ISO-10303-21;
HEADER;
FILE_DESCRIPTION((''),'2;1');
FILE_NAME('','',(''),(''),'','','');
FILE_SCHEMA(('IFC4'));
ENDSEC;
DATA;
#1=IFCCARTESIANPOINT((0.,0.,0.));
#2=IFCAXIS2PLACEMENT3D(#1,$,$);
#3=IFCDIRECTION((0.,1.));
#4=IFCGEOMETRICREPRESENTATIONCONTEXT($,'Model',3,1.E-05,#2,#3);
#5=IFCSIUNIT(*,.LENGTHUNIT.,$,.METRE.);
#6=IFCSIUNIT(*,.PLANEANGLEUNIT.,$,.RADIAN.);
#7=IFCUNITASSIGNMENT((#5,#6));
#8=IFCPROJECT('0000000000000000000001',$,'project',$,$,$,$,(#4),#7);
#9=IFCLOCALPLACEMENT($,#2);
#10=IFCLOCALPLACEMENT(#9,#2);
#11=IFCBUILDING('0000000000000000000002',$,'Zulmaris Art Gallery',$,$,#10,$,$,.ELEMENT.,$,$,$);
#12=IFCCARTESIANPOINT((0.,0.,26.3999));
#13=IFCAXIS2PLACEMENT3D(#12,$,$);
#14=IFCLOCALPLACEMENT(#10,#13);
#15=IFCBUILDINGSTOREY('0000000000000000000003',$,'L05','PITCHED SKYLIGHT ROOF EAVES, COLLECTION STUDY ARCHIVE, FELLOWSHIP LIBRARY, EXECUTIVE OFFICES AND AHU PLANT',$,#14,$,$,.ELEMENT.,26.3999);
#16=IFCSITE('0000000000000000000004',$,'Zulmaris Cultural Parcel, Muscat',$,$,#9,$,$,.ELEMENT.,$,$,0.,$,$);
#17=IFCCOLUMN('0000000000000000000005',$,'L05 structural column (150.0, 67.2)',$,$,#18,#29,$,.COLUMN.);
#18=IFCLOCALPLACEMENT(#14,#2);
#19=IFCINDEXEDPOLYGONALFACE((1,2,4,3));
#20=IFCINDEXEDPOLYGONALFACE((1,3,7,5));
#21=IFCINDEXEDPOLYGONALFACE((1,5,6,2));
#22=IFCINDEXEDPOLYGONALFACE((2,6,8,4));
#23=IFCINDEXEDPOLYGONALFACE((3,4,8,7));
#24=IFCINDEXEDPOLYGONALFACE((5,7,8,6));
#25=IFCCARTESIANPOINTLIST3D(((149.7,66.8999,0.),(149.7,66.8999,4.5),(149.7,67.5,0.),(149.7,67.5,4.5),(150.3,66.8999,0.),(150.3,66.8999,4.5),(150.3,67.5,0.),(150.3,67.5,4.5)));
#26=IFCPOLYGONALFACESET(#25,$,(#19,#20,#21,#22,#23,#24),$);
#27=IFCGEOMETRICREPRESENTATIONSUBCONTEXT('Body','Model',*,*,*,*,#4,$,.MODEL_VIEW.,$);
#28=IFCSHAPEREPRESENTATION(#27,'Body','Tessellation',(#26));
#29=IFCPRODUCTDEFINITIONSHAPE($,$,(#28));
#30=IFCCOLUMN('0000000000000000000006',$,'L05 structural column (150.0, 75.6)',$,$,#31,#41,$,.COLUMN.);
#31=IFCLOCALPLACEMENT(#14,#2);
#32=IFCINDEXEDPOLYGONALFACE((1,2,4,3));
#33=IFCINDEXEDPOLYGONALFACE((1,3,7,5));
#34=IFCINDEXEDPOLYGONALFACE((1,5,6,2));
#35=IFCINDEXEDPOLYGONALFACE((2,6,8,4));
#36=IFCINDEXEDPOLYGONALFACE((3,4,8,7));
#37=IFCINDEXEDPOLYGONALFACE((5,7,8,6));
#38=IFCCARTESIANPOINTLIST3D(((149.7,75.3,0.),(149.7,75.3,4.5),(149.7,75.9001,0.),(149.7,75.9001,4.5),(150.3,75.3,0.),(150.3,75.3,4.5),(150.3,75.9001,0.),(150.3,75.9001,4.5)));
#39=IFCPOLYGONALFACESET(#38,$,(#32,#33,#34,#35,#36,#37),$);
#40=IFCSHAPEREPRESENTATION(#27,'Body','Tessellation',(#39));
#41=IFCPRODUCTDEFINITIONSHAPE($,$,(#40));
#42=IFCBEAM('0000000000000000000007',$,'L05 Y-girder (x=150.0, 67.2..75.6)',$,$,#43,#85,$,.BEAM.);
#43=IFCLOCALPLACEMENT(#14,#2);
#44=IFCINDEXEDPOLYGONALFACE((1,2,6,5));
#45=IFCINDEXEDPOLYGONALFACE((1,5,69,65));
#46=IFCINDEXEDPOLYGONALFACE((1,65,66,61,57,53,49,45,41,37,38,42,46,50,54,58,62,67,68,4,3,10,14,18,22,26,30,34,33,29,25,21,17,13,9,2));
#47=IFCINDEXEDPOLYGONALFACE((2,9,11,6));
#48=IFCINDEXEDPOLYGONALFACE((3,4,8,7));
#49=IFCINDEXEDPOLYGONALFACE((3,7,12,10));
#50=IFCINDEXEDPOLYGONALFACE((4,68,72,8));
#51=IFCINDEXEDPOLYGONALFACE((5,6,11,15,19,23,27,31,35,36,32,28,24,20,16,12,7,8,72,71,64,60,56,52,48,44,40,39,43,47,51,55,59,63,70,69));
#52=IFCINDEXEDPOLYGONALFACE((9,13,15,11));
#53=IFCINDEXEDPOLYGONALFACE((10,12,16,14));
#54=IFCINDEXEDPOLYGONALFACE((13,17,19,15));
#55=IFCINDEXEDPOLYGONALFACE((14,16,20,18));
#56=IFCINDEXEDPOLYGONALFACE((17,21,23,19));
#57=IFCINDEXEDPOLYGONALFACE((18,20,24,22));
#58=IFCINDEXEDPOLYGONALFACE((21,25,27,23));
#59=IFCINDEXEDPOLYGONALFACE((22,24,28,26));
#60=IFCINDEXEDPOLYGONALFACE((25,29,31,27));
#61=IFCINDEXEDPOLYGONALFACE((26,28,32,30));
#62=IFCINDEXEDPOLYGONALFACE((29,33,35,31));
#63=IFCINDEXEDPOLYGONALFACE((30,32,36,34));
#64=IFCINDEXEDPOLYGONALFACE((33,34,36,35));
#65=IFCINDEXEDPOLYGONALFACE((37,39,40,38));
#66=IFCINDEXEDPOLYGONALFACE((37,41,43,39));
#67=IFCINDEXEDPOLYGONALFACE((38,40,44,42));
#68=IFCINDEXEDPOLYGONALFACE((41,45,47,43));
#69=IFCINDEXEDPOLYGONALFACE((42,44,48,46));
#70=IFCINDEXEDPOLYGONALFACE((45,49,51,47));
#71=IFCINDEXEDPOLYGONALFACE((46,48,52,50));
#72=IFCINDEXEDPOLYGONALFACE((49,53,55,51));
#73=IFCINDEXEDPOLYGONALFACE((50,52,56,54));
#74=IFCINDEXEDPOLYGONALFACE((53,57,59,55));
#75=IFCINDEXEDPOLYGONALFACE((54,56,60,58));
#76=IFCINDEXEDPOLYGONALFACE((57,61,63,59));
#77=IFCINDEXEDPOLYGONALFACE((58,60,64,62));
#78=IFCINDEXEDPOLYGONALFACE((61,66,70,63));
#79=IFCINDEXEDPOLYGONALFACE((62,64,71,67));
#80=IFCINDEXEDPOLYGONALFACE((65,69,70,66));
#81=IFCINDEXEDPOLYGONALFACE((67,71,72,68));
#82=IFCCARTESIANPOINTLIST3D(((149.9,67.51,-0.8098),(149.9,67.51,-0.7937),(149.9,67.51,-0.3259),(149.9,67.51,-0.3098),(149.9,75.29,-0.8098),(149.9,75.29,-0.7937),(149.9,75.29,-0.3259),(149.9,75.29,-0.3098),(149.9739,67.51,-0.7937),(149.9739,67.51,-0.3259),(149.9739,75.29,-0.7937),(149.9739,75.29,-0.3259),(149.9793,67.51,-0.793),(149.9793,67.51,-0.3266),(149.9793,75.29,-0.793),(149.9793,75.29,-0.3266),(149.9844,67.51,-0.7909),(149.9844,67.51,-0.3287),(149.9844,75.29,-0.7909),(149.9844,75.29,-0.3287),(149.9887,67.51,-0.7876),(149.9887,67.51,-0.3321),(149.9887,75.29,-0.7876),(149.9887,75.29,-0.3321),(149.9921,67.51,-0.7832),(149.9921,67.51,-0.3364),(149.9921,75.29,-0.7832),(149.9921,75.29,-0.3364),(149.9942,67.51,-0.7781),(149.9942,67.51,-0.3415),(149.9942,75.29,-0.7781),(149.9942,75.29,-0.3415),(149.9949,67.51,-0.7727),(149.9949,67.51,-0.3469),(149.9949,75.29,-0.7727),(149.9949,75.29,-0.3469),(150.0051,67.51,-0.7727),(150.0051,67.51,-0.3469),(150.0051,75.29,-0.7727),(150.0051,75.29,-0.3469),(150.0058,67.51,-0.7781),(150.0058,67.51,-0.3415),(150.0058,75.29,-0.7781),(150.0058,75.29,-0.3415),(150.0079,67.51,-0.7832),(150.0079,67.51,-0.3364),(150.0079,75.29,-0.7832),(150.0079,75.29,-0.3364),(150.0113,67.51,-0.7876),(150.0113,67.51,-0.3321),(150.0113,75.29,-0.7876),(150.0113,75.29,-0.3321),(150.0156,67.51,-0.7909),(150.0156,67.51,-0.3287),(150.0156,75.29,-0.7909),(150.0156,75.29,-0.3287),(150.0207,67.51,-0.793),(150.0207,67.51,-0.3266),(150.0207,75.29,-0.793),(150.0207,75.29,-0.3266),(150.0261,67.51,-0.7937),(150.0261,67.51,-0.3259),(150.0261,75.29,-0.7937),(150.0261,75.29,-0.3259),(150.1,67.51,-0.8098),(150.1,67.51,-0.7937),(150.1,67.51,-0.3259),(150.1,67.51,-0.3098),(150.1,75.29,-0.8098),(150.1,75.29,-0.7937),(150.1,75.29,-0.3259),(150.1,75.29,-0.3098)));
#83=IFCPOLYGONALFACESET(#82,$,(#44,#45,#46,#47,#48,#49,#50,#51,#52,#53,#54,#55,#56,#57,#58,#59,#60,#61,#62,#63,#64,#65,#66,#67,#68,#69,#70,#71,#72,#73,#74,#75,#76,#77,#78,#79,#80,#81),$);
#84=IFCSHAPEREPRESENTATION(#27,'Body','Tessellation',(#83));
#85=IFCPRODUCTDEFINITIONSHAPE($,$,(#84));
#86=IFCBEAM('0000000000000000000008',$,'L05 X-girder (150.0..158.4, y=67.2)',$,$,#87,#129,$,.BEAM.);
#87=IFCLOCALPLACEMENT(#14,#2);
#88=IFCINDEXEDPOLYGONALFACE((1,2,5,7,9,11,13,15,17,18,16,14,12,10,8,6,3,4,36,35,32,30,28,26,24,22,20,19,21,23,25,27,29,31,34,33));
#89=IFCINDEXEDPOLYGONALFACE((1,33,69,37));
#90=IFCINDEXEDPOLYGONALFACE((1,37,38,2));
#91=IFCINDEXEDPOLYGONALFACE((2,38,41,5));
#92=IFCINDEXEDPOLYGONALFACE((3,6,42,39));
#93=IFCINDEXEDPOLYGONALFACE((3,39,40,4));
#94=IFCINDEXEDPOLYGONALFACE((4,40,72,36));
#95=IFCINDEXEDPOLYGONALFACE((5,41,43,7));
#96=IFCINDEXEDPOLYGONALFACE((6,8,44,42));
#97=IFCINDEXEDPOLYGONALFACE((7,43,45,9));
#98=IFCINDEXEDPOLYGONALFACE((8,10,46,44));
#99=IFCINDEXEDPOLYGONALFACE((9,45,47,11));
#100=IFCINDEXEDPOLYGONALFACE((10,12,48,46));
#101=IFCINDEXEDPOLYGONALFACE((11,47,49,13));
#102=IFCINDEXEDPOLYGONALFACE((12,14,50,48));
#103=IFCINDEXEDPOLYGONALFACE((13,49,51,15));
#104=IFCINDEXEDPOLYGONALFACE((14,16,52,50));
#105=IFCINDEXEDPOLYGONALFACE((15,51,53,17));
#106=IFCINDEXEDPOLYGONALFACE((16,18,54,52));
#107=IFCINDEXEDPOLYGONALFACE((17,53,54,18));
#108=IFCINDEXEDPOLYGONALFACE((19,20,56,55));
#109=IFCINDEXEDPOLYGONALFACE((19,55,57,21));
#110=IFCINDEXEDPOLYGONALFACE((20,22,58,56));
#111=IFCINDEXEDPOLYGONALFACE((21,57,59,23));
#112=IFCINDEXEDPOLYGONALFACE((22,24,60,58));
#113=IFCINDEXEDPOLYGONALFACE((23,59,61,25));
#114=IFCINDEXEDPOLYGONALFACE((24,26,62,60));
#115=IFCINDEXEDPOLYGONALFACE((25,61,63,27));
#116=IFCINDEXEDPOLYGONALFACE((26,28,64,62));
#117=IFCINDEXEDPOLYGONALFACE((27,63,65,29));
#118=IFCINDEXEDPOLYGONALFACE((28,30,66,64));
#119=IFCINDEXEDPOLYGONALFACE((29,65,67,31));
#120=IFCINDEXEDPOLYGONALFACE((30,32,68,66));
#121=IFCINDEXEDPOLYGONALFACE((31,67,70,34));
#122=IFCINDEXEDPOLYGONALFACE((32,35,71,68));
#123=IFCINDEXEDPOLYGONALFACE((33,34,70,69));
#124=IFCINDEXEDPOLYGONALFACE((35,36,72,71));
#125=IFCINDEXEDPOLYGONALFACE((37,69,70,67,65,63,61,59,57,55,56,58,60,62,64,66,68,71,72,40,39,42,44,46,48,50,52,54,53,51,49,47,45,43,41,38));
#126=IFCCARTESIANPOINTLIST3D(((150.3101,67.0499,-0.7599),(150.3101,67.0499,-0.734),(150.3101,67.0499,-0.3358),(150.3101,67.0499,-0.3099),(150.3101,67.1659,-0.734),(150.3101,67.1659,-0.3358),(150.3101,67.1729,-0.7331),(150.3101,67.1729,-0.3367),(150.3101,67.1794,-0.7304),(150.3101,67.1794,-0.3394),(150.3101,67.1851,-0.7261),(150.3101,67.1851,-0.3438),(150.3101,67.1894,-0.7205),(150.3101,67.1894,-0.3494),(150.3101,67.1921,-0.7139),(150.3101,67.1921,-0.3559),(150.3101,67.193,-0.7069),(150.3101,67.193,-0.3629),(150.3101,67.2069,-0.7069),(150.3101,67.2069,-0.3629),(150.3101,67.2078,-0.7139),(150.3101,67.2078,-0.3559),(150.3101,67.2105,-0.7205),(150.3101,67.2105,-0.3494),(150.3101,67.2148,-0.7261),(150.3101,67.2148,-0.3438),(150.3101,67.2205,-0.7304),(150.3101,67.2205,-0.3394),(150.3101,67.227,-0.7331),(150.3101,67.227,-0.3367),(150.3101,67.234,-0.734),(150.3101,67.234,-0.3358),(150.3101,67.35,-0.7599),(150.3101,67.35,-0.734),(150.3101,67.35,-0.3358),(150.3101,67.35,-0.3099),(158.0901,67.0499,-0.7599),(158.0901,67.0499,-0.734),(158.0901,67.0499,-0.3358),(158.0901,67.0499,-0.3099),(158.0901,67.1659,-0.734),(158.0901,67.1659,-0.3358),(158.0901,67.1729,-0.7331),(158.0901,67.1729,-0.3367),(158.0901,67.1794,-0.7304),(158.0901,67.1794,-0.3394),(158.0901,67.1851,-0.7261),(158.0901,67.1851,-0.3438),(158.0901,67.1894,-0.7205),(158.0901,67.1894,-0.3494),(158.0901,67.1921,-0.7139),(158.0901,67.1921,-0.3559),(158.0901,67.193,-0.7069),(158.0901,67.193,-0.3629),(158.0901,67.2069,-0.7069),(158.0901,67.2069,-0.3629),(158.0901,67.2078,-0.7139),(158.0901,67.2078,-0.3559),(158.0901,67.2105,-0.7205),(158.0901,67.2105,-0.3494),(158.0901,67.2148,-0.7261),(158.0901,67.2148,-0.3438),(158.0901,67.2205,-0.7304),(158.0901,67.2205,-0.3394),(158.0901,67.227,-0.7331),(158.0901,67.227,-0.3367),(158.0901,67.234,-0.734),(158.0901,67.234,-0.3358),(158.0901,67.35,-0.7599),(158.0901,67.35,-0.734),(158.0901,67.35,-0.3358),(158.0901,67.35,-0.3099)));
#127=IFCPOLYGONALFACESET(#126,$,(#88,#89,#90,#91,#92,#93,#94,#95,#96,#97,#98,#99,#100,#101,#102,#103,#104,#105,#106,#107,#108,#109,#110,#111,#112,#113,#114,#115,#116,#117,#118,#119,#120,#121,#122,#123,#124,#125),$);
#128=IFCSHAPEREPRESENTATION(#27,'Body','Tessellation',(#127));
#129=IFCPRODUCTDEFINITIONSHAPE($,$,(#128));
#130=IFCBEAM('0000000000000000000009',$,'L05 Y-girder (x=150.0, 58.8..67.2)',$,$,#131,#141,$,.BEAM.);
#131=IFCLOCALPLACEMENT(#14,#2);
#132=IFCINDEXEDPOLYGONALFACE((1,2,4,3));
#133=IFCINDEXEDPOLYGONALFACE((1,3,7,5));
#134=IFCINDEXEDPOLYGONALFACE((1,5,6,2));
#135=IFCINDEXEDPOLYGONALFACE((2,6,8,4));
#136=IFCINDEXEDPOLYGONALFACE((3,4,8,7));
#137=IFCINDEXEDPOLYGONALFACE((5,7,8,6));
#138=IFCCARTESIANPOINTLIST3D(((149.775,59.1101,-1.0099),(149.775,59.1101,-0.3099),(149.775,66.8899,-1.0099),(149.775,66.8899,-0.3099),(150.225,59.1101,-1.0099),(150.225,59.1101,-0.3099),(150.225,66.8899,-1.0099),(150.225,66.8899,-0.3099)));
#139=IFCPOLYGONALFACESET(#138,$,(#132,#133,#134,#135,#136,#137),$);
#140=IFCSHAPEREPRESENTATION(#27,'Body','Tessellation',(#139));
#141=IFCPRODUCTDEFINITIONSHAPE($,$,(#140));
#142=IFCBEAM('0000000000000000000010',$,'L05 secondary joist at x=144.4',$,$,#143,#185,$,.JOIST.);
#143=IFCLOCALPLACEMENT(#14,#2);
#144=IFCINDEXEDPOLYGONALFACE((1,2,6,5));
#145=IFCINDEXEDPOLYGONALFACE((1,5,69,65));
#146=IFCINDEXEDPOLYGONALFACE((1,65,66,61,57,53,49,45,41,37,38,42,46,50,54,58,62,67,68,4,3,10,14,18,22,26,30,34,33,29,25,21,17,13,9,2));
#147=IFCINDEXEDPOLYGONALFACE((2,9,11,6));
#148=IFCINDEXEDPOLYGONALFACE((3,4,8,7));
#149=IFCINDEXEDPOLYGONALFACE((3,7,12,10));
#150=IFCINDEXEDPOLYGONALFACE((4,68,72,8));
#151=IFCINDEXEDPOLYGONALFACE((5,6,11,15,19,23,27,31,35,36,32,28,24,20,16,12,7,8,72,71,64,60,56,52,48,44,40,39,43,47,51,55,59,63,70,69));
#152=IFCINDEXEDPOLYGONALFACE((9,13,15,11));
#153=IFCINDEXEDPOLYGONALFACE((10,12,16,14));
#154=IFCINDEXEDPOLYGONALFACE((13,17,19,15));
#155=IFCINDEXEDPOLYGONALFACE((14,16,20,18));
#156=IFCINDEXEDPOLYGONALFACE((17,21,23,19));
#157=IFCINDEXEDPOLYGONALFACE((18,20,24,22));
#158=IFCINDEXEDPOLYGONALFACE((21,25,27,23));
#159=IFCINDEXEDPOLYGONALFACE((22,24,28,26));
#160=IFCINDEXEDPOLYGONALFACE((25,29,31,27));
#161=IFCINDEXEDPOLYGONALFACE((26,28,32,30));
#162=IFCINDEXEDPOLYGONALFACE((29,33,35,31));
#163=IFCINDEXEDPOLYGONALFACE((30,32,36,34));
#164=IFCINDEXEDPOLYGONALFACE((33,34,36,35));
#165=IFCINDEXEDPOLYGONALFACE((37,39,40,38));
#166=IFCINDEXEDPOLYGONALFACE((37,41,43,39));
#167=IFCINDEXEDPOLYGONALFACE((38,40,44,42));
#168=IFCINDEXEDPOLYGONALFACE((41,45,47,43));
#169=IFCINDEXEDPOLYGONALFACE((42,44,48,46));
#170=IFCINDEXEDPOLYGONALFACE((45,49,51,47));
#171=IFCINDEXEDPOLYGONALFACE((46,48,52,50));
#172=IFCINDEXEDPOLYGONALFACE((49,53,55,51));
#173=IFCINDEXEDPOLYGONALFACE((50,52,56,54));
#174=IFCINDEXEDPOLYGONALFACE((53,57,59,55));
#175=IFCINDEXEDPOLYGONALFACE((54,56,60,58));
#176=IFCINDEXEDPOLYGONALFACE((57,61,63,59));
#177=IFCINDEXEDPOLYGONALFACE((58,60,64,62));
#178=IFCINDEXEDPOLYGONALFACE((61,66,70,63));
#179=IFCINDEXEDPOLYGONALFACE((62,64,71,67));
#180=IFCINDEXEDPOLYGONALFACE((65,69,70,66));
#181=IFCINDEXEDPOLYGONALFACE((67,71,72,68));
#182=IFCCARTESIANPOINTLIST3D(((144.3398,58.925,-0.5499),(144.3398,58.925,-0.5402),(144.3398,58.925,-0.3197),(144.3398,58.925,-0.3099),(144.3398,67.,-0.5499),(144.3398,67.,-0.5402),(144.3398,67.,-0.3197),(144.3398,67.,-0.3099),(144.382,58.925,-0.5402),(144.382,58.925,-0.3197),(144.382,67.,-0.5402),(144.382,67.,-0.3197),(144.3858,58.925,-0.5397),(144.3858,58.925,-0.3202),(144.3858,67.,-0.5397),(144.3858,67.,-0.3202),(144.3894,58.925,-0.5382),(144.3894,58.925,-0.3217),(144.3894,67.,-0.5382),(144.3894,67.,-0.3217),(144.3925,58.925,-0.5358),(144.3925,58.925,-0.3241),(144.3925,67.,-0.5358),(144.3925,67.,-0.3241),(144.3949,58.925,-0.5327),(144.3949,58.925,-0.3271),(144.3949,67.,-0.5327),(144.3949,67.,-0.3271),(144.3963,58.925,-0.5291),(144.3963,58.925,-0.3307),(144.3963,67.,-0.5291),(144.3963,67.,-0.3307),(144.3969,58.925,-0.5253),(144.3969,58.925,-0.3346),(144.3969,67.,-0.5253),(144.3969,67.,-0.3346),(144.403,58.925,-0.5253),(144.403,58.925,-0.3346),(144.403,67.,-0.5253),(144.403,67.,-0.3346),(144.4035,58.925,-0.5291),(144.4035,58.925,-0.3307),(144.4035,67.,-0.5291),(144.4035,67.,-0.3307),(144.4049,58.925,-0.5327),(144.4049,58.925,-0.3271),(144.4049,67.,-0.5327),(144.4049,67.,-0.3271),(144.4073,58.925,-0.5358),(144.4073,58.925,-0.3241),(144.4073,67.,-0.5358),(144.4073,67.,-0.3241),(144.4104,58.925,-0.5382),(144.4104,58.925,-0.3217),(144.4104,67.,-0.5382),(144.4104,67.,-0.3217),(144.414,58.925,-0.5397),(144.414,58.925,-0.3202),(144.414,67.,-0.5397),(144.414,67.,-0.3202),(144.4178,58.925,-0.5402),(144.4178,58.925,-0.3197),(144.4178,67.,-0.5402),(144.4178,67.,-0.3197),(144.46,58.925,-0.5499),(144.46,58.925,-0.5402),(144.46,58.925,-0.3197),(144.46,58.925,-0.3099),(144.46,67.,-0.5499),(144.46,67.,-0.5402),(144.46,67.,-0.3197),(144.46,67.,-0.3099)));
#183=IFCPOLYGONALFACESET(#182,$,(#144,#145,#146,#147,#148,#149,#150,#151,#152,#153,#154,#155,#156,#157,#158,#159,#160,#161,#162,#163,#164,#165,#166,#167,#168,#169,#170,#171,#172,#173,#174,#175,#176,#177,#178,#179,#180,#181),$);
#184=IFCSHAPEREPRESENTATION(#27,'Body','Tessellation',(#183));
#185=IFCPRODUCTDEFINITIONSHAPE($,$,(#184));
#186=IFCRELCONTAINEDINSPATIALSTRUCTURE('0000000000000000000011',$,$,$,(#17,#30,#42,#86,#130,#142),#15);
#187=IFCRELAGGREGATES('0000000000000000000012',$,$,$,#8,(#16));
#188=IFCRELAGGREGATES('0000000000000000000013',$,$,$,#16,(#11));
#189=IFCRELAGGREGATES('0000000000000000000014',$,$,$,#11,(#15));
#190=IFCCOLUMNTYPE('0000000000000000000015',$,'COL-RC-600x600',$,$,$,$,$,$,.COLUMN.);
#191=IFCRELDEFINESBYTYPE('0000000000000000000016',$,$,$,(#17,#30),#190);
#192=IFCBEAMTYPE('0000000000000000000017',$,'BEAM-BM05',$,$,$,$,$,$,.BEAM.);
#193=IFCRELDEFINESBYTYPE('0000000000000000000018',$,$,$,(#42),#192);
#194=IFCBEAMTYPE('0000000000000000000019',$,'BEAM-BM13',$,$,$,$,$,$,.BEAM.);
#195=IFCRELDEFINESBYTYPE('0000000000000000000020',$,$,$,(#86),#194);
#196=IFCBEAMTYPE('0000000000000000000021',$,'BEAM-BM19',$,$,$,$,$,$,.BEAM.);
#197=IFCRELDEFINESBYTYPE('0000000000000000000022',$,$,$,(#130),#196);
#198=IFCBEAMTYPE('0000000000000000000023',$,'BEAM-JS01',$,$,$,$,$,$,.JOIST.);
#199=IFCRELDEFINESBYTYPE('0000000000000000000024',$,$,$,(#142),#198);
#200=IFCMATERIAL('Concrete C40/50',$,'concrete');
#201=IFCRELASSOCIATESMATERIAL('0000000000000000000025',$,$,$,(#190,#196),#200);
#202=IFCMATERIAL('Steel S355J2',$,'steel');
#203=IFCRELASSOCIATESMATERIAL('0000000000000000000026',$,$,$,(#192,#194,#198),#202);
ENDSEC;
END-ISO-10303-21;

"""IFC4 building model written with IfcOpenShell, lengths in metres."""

from ifc_helpers import new_model, si_unit, direction, frame, origin, origin_2d, place, context, subcontext, project, spatial, rectangle, i_section, extrude, material, material_profile, profile_set, type_object, element, save


model = new_model("IFC4")

# Units and contexts
model_context = context("Model", 3, precision=1e-05, world=origin(), true_north=direction((0.0, 1.0)))
body_context = subcontext(model_context, "Body", "Model", "MODEL_VIEW")
ifc_project = project(units=[si_unit("LENGTHUNIT", "METRE"), si_unit("PLANEANGLEUNIT", "RADIAN")], contexts=[model_context])

# Site, building, storey
site_placement = place(None, origin())
site = spatial("IfcSite", under=ifc_project, at=site_placement, Name="Zulmaris Cultural Parcel, Muscat", CompositionType="ELEMENT", RefElevation=0.0)
building_placement = place(site_placement, origin())
building = spatial("IfcBuilding", under=site, at=building_placement, Name="Zulmaris Art Gallery", CompositionType="ELEMENT")
storey_placement = place(building_placement, frame((0.0, 0.0, 26.3999)))
storey = spatial("IfcBuildingStorey", under=building, at=storey_placement, Name="L05", Description="PITCHED SKYLIGHT ROOF EAVES, COLLECTION STUDY ARCHIVE, FELLOWSHIP LIBRARY, EXECUTIVE OFFICES AND AHU PLANT", CompositionType="ELEMENT", Elevation=26.3999)

# Columns
ifc_material_1 = material(Name="Concrete C40/50", Category="concrete")
ifc_material_profile_1 = material_profile(ifc_material_1, rectangle(XDim=0.6001, YDim=0.6001, at=origin_2d()), Name="RC 600x600")
ifc_profile_set_1 = profile_set([ifc_material_profile_1], Name="Concrete C40/50")
column_type = type_object("IfcColumnType", Name="COL-RC-600x600", PredefinedType="COLUMN", material=ifc_profile_set_1)
for number, where, z_axis, x_axis, name in (
    (1, (150.0, 67.2, 0.0), (0.0, 0.0, 1.0), (1.0, 0.0, 0.0), "L05 structural column (150.0, 67.2)"),
    (2, (150.0, 75.6001, 0.0), (0.0, 0.0, 1.0), (1.0, 0.0, 0.0), "L05 structural column (150.0, 75.6)"),
):
    element("IfcColumn", number, at=place(storey_placement, frame(where, z_axis=z_axis, x_axis=x_axis)), inside=storey, type_object=column_type, Name=name, PredefinedType="COLUMN", context=body_context, shape_type="SweptSolid", body=[
        extrude(rectangle(XDim=0.6001, YDim=0.6001, at=origin_2d()), origin(), (0.0, 0.0, 1.0), 4.5),
    ])

# Beams
ifc_material_2 = material(Name="Steel S355J2", Category="steel")
ifc_material_profile_2 = material_profile(ifc_material_2, i_section(OverallWidth=0.2, OverallDepth=0.5, WebThickness=0.0103, FlangeThickness=0.0161, FilletRadius=0.021, at=origin_2d()), Name="IPE 500")
ifc_profile_set_2 = profile_set([ifc_material_profile_2], Name="Steel S355J2")
beam_type_1 = type_object("IfcBeamType", Name="BEAM-BM05", PredefinedType="BEAM", material=ifc_profile_set_2)
beam_1_placement = place(storey_placement, frame((150.0, 67.51, -0.5598), z_axis=(0.0, 1.0, 0.0), x_axis=(-1.0, 0.0, 0.0)))
element("IfcBeam", 3, at=beam_1_placement, inside=storey, type_object=beam_type_1, Name="L05 Y-girder (x=150.0, 67.2..75.6)", PredefinedType="BEAM", context=body_context, shape_type="SweptSolid", body=[
    extrude(i_section(OverallWidth=0.2, OverallDepth=0.5, WebThickness=0.0103, FlangeThickness=0.0161, FilletRadius=0.021, at=origin_2d()), origin(), (0.0, 0.0, 1.0), 7.78),
])
ifc_material_profile_3 = material_profile(ifc_material_2, i_section(OverallWidth=0.3, OverallDepth=0.45, WebThickness=0.0139, FlangeThickness=0.0259, FilletRadius=0.0271, at=origin_2d()), Name="HEB 450")
ifc_profile_set_3 = profile_set([ifc_material_profile_3], Name="Steel S355J2")
beam_type_2 = type_object("IfcBeamType", Name="BEAM-BM13", PredefinedType="BEAM", material=ifc_profile_set_3)
beam_2_placement = place(storey_placement, frame((150.3101, 67.2, -0.5349), z_axis=(1.0, 0.0, 0.0), x_axis=(0.0, 1.0, 0.0)))
element("IfcBeam", 4, at=beam_2_placement, inside=storey, type_object=beam_type_2, Name="L05 X-girder (150.0..158.4, y=67.2)", PredefinedType="BEAM", context=body_context, shape_type="SweptSolid", body=[
    extrude(i_section(OverallWidth=0.3, OverallDepth=0.45, WebThickness=0.0139, FlangeThickness=0.0259, FilletRadius=0.0271, at=origin_2d()), origin(), (0.0, 0.0, 1.0), 7.78),
])
ifc_material_profile_4 = material_profile(ifc_material_1, rectangle(XDim=0.45, YDim=0.7, at=origin_2d()), Name="RC 450x700")
ifc_profile_set_4 = profile_set([ifc_material_profile_4], Name="Concrete C40/50")
beam_type_3 = type_object("IfcBeamType", Name="BEAM-BM19", PredefinedType="BEAM", material=ifc_profile_set_4)
beam_3_placement = place(storey_placement, frame((150.0, 59.1101, -0.6599), z_axis=(0.0, 1.0, 0.0), x_axis=(-1.0, 0.0, 0.0)))
element("IfcBeam", 5, at=beam_3_placement, inside=storey, type_object=beam_type_3, Name="L05 Y-girder (x=150.0, 58.8..67.2)", PredefinedType="BEAM", context=body_context, shape_type="SweptSolid", body=[
    extrude(rectangle(XDim=0.45, YDim=0.7, at=origin_2d()), origin(), (0.0, 0.0, 1.0), 7.7798),
])
ifc_material_profile_5 = material_profile(ifc_material_2, i_section(OverallWidth=0.1201, OverallDepth=0.24, WebThickness=0.0061, FlangeThickness=0.0098, FilletRadius=0.0149, at=origin_2d()), Name="IPE 240")
ifc_profile_set_5 = profile_set([ifc_material_profile_5], Name="Steel S355J2")
beam_type_4 = type_object("IfcBeamType", Name="BEAM-JS01", PredefinedType="JOIST", material=ifc_profile_set_5)
beam_4_placement = place(storey_placement, frame((144.3999, 58.925, -0.4299), z_axis=(0.0, 1.0, 0.0), x_axis=(-1.0, 0.0, 0.0)))
element("IfcBeam", 6, at=beam_4_placement, inside=storey, type_object=beam_type_4, Name="L05 secondary joist at x=144.4", PredefinedType="JOIST", context=body_context, shape_type="SweptSolid", body=[
    extrude(i_section(OverallWidth=0.1201, OverallDepth=0.24, WebThickness=0.0061, FlangeThickness=0.0098, FilletRadius=0.0149, at=origin_2d()), origin(), (0.0, 0.0, 1.0), 8.075),
])

save(model, "model.ifc")
